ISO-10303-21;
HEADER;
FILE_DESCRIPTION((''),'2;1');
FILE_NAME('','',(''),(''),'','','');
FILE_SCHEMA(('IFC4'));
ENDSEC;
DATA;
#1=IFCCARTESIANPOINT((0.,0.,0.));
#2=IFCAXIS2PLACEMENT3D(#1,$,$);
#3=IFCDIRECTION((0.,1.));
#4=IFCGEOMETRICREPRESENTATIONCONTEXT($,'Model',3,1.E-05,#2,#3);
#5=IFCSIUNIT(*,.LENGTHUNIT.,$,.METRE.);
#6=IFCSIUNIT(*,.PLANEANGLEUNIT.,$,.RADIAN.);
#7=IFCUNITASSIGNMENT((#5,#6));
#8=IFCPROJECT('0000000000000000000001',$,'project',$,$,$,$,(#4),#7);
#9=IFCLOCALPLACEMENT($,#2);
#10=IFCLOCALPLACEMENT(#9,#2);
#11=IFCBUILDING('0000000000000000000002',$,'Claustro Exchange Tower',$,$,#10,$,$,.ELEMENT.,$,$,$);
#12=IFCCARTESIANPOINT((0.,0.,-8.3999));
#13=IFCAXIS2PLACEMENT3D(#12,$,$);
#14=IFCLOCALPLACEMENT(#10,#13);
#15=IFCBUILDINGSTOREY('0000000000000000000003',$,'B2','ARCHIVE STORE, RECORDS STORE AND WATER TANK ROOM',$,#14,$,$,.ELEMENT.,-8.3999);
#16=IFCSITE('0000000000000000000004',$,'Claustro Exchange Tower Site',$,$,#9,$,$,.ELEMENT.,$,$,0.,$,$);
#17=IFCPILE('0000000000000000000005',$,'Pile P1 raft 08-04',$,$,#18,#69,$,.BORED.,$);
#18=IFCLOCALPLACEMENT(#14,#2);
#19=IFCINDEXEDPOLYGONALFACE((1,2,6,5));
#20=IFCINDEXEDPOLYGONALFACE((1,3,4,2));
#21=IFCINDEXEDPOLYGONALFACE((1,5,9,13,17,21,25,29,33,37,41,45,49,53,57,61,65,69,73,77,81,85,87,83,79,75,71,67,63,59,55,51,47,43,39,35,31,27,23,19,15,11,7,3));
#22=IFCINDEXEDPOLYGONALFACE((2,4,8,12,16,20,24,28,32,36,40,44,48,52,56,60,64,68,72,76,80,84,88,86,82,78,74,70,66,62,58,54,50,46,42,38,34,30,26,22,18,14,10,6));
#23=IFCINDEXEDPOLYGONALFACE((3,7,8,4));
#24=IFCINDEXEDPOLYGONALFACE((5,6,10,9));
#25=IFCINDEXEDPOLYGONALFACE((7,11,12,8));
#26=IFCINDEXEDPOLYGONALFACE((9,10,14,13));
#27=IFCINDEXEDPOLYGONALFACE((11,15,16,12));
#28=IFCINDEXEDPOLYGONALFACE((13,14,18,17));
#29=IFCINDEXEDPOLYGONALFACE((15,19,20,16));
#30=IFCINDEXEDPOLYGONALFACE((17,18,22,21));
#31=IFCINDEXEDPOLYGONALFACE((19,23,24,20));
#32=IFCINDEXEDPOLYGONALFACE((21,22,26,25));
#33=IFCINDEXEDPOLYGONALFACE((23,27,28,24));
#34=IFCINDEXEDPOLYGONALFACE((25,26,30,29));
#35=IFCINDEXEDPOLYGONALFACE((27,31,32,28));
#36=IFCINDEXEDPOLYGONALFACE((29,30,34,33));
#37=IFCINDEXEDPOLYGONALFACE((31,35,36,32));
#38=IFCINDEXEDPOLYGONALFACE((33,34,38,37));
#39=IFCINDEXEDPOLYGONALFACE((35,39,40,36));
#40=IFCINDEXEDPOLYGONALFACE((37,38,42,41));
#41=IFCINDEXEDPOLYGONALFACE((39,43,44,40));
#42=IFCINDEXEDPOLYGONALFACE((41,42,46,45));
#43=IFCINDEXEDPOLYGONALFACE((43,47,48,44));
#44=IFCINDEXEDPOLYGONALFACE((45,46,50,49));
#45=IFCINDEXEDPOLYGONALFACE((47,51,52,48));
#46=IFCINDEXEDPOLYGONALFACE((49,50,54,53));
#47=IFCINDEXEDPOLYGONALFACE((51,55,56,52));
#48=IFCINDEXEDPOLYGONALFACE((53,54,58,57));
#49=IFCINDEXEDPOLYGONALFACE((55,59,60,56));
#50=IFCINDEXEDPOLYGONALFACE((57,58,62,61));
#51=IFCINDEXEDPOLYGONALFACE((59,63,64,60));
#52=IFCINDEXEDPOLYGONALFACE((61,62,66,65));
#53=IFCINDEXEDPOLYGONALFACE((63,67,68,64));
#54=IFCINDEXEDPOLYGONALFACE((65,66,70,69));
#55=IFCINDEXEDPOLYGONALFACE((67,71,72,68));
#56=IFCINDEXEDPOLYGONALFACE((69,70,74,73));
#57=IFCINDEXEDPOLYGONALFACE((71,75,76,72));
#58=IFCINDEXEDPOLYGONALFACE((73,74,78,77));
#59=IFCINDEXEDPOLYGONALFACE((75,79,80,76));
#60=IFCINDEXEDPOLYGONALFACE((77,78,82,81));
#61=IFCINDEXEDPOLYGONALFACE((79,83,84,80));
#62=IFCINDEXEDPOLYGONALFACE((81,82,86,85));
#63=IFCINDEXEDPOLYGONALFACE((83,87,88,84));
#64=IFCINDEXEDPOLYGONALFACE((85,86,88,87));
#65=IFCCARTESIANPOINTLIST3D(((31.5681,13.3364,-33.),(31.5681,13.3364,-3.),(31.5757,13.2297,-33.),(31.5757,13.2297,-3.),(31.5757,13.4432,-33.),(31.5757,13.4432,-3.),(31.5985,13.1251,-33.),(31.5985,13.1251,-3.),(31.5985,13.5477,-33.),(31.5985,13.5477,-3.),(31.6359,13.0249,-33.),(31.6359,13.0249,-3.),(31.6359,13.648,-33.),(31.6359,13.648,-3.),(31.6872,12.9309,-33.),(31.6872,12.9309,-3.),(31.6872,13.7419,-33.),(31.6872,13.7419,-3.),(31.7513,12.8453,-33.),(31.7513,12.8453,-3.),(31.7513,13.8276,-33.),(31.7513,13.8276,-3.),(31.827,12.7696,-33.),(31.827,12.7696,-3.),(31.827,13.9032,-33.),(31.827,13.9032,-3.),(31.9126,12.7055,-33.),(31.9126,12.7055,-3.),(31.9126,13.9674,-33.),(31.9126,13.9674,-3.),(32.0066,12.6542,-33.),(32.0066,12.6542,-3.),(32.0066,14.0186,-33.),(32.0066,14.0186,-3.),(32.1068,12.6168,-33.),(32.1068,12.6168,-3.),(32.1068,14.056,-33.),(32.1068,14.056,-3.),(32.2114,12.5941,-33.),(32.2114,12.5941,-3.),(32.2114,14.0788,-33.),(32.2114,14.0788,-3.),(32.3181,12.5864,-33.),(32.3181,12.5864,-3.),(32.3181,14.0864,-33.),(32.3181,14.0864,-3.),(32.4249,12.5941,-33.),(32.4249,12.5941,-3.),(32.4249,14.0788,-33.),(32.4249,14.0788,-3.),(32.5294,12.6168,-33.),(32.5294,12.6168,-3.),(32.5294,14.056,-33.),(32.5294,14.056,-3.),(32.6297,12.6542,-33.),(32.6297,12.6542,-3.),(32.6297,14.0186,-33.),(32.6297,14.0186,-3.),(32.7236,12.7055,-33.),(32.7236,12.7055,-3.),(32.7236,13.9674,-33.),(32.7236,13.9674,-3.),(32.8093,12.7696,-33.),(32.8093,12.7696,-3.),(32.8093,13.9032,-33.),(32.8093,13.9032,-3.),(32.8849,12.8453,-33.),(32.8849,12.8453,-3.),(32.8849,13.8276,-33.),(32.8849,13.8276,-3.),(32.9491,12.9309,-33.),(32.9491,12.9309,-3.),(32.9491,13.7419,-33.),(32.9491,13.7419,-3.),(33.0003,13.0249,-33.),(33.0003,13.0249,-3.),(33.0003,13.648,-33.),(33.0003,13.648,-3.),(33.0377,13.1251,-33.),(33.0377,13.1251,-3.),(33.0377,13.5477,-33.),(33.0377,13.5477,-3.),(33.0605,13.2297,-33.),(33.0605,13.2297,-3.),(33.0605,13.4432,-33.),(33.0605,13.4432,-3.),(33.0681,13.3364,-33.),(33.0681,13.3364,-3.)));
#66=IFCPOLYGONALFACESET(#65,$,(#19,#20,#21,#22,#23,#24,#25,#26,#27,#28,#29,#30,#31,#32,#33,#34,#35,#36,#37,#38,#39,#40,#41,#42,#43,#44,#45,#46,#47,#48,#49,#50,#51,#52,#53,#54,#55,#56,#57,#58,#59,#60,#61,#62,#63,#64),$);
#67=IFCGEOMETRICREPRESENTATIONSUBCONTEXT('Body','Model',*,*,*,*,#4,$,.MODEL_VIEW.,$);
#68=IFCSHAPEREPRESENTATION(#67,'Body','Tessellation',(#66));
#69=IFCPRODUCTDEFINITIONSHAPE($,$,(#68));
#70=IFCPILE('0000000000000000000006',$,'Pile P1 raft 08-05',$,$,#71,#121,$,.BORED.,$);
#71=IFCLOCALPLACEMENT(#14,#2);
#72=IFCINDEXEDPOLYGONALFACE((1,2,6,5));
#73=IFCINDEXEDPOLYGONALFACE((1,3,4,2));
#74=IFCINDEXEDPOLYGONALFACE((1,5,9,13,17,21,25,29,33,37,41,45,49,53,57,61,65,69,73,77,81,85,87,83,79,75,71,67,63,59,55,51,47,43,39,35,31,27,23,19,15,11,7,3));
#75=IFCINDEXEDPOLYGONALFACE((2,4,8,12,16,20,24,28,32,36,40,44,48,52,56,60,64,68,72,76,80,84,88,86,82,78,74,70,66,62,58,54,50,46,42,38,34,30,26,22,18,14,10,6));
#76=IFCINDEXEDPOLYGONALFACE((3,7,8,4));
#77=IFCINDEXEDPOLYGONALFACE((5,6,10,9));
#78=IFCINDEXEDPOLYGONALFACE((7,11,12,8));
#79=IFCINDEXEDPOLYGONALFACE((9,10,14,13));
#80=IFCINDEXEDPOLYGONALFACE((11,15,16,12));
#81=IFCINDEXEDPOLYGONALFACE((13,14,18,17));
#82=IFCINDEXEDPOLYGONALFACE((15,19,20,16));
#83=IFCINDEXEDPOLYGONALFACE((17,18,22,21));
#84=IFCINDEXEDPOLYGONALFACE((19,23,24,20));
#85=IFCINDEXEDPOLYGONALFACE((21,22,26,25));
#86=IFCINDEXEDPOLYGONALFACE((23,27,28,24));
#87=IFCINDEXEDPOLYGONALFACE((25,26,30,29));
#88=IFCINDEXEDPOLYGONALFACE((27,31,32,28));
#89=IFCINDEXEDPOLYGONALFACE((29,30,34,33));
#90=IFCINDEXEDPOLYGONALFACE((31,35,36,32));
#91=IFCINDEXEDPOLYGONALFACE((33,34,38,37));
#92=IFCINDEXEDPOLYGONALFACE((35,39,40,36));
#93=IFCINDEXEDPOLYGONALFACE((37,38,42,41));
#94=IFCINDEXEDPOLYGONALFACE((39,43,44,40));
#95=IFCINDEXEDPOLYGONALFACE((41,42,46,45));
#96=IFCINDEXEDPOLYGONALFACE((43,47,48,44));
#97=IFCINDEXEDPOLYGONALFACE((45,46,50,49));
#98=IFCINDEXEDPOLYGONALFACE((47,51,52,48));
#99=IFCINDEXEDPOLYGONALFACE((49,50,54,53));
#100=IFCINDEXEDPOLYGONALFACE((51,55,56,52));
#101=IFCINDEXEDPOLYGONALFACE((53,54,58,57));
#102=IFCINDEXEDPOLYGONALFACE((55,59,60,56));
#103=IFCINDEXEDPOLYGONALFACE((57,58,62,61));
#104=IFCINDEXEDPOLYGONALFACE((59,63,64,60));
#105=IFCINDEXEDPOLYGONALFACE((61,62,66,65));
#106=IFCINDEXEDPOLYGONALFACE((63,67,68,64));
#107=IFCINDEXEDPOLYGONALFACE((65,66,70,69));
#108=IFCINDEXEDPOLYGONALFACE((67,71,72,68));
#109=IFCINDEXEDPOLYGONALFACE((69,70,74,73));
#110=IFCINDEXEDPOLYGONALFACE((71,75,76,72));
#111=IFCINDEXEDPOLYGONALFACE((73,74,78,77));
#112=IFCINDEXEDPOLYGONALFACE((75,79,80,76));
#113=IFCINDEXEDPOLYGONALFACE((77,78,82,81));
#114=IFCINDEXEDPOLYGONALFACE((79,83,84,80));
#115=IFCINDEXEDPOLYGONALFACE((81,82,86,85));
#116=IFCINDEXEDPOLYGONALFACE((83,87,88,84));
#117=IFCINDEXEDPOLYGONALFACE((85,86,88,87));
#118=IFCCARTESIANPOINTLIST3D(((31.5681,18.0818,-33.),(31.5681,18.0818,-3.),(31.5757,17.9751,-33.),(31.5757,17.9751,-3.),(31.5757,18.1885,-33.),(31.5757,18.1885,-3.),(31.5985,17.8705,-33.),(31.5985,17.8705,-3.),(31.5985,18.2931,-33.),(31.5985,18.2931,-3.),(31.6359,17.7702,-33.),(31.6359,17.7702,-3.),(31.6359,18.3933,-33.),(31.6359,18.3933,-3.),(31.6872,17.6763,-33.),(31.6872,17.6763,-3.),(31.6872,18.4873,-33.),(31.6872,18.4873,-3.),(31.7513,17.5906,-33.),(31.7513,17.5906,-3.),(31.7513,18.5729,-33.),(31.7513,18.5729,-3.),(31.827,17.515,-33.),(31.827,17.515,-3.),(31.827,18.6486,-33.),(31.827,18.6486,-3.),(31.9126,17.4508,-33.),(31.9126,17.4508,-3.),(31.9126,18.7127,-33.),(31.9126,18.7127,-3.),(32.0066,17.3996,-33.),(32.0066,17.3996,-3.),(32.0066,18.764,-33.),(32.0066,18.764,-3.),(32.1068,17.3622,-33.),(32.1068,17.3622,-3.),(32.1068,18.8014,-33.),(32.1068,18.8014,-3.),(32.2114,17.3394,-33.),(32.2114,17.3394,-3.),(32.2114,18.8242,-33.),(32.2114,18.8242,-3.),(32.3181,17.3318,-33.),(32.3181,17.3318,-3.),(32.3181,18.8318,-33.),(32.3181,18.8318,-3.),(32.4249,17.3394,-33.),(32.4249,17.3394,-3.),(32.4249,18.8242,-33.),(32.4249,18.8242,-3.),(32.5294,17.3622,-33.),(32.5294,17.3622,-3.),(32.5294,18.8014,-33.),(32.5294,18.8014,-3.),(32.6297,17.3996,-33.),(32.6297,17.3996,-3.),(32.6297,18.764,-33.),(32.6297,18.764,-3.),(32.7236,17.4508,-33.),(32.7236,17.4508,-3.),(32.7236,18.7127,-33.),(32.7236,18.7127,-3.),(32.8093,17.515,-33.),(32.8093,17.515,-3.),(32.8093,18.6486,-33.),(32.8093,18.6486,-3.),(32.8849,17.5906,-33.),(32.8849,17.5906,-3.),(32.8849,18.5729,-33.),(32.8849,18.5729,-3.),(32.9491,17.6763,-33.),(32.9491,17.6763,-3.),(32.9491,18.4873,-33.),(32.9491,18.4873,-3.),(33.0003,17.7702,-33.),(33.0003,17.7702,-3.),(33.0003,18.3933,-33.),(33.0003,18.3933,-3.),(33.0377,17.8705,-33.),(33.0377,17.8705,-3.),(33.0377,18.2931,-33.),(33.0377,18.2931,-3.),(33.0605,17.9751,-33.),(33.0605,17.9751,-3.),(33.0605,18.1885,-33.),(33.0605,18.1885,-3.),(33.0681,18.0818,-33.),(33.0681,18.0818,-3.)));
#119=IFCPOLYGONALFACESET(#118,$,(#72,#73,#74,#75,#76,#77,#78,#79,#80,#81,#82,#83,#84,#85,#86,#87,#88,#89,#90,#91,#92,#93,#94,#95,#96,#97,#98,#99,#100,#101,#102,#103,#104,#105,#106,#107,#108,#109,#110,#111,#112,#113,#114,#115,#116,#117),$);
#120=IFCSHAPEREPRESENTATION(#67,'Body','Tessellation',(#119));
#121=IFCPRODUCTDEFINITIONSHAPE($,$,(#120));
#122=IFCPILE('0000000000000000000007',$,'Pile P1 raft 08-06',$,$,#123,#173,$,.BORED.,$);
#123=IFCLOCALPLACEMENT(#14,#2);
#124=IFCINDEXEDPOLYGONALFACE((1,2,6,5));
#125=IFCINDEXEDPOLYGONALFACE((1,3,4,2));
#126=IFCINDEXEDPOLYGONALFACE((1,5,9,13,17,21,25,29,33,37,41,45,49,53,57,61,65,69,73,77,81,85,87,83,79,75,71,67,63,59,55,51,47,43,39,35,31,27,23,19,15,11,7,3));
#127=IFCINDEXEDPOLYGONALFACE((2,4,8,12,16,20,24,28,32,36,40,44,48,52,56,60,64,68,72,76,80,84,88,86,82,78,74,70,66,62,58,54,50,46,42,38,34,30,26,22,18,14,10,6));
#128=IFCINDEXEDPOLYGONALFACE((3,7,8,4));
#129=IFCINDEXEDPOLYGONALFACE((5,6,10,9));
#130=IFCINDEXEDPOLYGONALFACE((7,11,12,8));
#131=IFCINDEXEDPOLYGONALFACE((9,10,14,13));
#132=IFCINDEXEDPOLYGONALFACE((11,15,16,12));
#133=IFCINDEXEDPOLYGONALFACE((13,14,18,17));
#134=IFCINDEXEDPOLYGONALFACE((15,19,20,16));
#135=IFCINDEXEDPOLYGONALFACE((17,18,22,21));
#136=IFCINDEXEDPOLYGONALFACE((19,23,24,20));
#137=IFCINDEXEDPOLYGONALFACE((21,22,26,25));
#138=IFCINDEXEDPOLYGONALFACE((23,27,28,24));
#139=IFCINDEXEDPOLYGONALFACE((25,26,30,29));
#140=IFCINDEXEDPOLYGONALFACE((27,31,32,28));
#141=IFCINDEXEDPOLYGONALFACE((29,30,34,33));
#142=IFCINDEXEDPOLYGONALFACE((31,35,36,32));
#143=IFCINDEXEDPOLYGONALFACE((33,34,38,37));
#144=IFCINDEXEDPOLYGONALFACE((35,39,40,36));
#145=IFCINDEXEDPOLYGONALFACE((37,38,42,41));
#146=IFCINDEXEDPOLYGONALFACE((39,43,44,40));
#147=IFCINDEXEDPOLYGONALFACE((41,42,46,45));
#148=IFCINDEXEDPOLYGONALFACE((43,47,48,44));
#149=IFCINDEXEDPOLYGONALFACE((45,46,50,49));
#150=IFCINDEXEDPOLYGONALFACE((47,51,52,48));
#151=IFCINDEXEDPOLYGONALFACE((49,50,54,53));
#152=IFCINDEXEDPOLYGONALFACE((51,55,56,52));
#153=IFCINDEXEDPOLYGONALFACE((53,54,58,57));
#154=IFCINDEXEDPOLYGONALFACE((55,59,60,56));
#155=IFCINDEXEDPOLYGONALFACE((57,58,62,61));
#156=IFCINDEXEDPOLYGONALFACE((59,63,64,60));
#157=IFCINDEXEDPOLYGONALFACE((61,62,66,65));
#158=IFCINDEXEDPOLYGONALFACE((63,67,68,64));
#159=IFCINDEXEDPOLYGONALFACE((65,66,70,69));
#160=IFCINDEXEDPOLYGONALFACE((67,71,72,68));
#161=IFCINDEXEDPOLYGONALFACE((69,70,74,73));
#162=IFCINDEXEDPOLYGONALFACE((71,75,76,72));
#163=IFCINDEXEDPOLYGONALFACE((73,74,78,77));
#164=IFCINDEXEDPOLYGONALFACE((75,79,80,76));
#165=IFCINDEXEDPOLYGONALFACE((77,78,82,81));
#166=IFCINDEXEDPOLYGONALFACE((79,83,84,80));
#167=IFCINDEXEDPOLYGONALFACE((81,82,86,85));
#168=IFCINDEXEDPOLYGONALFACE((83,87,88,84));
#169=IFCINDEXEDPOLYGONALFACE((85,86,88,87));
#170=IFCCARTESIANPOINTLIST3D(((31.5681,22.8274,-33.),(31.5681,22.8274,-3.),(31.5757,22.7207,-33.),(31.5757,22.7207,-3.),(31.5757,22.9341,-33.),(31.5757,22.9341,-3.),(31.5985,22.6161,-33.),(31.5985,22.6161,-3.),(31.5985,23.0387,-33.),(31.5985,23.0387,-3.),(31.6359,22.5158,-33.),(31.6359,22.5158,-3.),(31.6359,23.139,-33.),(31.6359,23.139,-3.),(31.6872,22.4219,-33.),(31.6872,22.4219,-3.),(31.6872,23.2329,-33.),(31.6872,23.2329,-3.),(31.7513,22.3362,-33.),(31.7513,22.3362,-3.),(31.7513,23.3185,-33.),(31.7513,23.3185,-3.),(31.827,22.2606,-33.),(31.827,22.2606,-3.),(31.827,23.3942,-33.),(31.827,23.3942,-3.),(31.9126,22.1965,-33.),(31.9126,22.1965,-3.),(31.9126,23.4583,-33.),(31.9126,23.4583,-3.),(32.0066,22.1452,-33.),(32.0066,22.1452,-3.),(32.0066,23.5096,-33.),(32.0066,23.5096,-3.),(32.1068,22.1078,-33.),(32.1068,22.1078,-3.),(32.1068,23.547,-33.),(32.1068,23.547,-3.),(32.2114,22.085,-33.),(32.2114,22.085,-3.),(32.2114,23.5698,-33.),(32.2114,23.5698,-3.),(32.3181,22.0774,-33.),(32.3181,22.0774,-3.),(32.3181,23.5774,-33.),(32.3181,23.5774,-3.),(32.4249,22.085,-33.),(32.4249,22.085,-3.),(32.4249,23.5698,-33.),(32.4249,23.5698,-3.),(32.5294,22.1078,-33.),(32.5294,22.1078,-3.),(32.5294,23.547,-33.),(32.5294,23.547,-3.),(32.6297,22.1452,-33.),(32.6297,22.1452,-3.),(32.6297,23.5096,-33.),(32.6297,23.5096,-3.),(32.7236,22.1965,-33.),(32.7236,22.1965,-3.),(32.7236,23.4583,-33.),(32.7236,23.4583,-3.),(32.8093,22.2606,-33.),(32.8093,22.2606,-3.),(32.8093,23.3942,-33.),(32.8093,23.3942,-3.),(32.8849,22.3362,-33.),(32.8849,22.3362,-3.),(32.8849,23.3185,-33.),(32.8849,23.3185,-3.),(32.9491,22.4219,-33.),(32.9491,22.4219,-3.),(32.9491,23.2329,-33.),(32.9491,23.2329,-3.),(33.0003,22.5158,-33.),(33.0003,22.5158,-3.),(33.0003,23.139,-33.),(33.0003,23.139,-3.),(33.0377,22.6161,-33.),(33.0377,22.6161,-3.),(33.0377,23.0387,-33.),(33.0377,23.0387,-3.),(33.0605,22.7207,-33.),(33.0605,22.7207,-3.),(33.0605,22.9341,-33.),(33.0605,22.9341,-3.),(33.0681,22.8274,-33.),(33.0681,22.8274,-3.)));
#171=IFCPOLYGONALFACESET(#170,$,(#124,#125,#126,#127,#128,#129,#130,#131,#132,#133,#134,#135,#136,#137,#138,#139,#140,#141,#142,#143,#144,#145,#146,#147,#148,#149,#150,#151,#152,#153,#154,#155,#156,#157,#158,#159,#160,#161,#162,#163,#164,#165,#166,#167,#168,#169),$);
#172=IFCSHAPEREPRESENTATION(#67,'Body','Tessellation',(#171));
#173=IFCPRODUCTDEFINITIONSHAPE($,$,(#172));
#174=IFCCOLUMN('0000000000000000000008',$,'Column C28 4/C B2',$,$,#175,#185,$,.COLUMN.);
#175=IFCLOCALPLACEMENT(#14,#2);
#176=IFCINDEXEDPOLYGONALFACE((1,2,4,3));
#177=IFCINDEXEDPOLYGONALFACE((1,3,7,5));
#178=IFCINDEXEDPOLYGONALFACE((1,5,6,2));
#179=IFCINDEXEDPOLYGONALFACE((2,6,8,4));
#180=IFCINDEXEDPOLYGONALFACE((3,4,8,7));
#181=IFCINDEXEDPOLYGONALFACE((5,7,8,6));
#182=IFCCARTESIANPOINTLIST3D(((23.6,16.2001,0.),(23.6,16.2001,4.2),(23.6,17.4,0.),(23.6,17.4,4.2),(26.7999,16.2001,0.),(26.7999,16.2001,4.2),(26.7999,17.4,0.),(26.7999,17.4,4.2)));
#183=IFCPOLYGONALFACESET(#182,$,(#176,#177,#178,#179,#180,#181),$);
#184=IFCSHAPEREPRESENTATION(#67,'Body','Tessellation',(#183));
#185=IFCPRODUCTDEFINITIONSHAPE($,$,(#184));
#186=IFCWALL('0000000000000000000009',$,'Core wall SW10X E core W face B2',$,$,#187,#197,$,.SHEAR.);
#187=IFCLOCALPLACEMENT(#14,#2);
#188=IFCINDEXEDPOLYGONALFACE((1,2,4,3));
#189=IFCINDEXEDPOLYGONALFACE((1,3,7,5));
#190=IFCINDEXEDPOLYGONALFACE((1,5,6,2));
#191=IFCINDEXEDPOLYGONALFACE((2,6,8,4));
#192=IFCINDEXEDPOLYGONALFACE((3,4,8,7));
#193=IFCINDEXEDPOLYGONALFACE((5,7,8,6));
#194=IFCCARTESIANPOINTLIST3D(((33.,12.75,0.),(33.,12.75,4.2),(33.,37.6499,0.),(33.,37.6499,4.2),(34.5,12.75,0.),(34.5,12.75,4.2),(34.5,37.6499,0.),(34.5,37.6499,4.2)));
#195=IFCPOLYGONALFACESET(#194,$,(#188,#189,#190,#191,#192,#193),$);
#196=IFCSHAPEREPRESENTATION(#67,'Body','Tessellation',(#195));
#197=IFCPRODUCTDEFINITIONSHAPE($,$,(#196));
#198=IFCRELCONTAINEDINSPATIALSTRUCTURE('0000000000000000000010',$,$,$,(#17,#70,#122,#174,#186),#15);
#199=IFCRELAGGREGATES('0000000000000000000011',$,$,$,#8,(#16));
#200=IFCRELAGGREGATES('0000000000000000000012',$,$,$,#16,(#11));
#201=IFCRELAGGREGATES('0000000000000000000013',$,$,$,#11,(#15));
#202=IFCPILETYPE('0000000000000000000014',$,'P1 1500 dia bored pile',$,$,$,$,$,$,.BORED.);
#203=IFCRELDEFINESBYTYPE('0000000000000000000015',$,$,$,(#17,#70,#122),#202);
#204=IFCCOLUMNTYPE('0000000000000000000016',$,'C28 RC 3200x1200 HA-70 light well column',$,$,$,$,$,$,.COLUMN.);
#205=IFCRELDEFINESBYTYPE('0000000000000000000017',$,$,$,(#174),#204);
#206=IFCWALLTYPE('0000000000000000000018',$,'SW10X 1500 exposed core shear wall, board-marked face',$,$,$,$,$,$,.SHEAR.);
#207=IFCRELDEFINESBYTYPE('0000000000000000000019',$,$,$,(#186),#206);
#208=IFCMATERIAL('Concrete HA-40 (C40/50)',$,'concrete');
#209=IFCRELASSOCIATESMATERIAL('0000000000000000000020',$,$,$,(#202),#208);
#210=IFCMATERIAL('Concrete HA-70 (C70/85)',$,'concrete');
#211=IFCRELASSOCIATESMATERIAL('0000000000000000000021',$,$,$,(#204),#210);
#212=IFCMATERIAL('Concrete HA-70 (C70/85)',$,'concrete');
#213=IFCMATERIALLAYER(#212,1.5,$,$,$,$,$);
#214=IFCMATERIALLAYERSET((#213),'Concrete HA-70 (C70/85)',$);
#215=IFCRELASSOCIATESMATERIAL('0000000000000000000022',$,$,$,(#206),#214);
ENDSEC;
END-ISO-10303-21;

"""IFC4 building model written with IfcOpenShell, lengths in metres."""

from ifc_helpers import new_model, si_unit, direction, frame, frame_2d, origin, origin_2d, place, context, subcontext, project, spatial, rectangle, circle, extrude, material, layer, layer_set, material_profile, profile_set, type_object, element, save


model = new_model("IFC4")

# Units and contexts
model_context = context("Model", 3, precision=1e-05, world=origin(), true_north=direction((0.0, 1.0)))
body_context = subcontext(model_context, "Body", "Model", "MODEL_VIEW")
ifc_project = project(units=[si_unit("LENGTHUNIT", "METRE"), si_unit("PLANEANGLEUNIT", "RADIAN")], contexts=[model_context])

# Site, building, storey
site_placement = place(None, origin())
site = spatial("IfcSite", under=ifc_project, at=site_placement, Name="Claustro Exchange Tower Site", CompositionType="ELEMENT", RefElevation=0.0)
building_placement = place(site_placement, origin())
building = spatial("IfcBuilding", under=site, at=building_placement, Name="Claustro Exchange Tower", CompositionType="ELEMENT")
storey_placement = place(building_placement, frame((0.0, 0.0, -8.3999)))
storey = spatial("IfcBuildingStorey", under=building, at=storey_placement, Name="B2", Description="ARCHIVE STORE, RECORDS STORE AND WATER TANK ROOM", CompositionType="ELEMENT", Elevation=-8.3999)

# Piles
ifc_material_1 = material(Name="Concrete HA-40 (C40/50)", Category="concrete")
pile_type = type_object("IfcPileType", Name="P1 1500 dia bored pile", PredefinedType="BORED", material=ifc_material_1)
for number, where, z_axis, x_axis, name in (
    (1, (32.3181, 13.3364, -3.0), (0.0, 0.0, -1.0), (1.0, 0.0, 0.0), "Pile P1 raft 08-04"),
    (2, (32.3181, 18.0818, -3.0), (0.0, 0.0, -1.0), (1.0, 0.0, 0.0), "Pile P1 raft 08-05"),
    (3, (32.3181, 22.8274, -3.0), (0.0, 0.0, -1.0), (1.0, 0.0, 0.0), "Pile P1 raft 08-06"),
):
    element("IfcPile", number, at=place(storey_placement, frame(where, z_axis=z_axis, x_axis=x_axis)), inside=storey, type_object=pile_type, Name=name, PredefinedType="BORED", context=body_context, shape_type="SweptSolid", body=[
        extrude(circle(Radius=0.75, at=origin_2d()), origin(), (0.0, 0.0, 1.0), 30.0),
    ])

# Column
ifc_material_2 = material(Name="Concrete HA-70 (C70/85)", Category="concrete")
ifc_material_profile = material_profile(ifc_material_2, rectangle(XDim=3.2, YDim=1.2, at=origin_2d()), Name="RC 3200x1200")
ifc_profile_set = profile_set([ifc_material_profile], Name="Concrete HA-70 (C70/85)")
column_type = type_object("IfcColumnType", Name="C28 RC 3200x1200 HA-70 light well column", PredefinedType="COLUMN", material=ifc_profile_set)
column_placement = place(storey_placement, frame((25.2, 16.8, 0.0), z_axis=(0.0, 0.0, 1.0), x_axis=(1.0, 0.0, 0.0)))
element("IfcColumn", 4, at=column_placement, inside=storey, type_object=column_type, Name="Column C28 4/C B2", PredefinedType="COLUMN", context=body_context, shape_type="SweptSolid", body=[
    extrude(rectangle(XDim=3.2, YDim=1.2, at=origin_2d()), origin(), (0.0, 0.0, 1.0), 4.2),
])

# Wall
ifc_material_3 = material(Name="Concrete HA-70 (C70/85)", Category="concrete")
ifc_layer_1 = layer(ifc_material_3, 1.5)
ifc_layer_set_1 = layer_set([ifc_layer_1], Name="Concrete HA-70 (C70/85)")
wall_type_1 = type_object("IfcWallType", Name="SW10X 1500 exposed core shear wall, board-marked face", PredefinedType="SHEAR", material=ifc_layer_set_1)
wall_1_placement = place(storey_placement, frame((33.75, 12.75, 0.0), z_axis=(0.0, 0.0, 1.0), x_axis=(0.0, 1.0, 0.0)))
element("IfcWall", 5, at=wall_1_placement, inside=storey, type_object=wall_type_1, Name="Core wall SW10X E core W face B2", PredefinedType="SHEAR", context=body_context, shape_type="SweptSolid", body=[
    extrude(rectangle(XDim=24.8999, YDim=1.5, at=frame_2d((12.45, 0.0))), origin(), (0.0, 0.0, 1.0), 4.2),
])

save(model, "model.ifc")
